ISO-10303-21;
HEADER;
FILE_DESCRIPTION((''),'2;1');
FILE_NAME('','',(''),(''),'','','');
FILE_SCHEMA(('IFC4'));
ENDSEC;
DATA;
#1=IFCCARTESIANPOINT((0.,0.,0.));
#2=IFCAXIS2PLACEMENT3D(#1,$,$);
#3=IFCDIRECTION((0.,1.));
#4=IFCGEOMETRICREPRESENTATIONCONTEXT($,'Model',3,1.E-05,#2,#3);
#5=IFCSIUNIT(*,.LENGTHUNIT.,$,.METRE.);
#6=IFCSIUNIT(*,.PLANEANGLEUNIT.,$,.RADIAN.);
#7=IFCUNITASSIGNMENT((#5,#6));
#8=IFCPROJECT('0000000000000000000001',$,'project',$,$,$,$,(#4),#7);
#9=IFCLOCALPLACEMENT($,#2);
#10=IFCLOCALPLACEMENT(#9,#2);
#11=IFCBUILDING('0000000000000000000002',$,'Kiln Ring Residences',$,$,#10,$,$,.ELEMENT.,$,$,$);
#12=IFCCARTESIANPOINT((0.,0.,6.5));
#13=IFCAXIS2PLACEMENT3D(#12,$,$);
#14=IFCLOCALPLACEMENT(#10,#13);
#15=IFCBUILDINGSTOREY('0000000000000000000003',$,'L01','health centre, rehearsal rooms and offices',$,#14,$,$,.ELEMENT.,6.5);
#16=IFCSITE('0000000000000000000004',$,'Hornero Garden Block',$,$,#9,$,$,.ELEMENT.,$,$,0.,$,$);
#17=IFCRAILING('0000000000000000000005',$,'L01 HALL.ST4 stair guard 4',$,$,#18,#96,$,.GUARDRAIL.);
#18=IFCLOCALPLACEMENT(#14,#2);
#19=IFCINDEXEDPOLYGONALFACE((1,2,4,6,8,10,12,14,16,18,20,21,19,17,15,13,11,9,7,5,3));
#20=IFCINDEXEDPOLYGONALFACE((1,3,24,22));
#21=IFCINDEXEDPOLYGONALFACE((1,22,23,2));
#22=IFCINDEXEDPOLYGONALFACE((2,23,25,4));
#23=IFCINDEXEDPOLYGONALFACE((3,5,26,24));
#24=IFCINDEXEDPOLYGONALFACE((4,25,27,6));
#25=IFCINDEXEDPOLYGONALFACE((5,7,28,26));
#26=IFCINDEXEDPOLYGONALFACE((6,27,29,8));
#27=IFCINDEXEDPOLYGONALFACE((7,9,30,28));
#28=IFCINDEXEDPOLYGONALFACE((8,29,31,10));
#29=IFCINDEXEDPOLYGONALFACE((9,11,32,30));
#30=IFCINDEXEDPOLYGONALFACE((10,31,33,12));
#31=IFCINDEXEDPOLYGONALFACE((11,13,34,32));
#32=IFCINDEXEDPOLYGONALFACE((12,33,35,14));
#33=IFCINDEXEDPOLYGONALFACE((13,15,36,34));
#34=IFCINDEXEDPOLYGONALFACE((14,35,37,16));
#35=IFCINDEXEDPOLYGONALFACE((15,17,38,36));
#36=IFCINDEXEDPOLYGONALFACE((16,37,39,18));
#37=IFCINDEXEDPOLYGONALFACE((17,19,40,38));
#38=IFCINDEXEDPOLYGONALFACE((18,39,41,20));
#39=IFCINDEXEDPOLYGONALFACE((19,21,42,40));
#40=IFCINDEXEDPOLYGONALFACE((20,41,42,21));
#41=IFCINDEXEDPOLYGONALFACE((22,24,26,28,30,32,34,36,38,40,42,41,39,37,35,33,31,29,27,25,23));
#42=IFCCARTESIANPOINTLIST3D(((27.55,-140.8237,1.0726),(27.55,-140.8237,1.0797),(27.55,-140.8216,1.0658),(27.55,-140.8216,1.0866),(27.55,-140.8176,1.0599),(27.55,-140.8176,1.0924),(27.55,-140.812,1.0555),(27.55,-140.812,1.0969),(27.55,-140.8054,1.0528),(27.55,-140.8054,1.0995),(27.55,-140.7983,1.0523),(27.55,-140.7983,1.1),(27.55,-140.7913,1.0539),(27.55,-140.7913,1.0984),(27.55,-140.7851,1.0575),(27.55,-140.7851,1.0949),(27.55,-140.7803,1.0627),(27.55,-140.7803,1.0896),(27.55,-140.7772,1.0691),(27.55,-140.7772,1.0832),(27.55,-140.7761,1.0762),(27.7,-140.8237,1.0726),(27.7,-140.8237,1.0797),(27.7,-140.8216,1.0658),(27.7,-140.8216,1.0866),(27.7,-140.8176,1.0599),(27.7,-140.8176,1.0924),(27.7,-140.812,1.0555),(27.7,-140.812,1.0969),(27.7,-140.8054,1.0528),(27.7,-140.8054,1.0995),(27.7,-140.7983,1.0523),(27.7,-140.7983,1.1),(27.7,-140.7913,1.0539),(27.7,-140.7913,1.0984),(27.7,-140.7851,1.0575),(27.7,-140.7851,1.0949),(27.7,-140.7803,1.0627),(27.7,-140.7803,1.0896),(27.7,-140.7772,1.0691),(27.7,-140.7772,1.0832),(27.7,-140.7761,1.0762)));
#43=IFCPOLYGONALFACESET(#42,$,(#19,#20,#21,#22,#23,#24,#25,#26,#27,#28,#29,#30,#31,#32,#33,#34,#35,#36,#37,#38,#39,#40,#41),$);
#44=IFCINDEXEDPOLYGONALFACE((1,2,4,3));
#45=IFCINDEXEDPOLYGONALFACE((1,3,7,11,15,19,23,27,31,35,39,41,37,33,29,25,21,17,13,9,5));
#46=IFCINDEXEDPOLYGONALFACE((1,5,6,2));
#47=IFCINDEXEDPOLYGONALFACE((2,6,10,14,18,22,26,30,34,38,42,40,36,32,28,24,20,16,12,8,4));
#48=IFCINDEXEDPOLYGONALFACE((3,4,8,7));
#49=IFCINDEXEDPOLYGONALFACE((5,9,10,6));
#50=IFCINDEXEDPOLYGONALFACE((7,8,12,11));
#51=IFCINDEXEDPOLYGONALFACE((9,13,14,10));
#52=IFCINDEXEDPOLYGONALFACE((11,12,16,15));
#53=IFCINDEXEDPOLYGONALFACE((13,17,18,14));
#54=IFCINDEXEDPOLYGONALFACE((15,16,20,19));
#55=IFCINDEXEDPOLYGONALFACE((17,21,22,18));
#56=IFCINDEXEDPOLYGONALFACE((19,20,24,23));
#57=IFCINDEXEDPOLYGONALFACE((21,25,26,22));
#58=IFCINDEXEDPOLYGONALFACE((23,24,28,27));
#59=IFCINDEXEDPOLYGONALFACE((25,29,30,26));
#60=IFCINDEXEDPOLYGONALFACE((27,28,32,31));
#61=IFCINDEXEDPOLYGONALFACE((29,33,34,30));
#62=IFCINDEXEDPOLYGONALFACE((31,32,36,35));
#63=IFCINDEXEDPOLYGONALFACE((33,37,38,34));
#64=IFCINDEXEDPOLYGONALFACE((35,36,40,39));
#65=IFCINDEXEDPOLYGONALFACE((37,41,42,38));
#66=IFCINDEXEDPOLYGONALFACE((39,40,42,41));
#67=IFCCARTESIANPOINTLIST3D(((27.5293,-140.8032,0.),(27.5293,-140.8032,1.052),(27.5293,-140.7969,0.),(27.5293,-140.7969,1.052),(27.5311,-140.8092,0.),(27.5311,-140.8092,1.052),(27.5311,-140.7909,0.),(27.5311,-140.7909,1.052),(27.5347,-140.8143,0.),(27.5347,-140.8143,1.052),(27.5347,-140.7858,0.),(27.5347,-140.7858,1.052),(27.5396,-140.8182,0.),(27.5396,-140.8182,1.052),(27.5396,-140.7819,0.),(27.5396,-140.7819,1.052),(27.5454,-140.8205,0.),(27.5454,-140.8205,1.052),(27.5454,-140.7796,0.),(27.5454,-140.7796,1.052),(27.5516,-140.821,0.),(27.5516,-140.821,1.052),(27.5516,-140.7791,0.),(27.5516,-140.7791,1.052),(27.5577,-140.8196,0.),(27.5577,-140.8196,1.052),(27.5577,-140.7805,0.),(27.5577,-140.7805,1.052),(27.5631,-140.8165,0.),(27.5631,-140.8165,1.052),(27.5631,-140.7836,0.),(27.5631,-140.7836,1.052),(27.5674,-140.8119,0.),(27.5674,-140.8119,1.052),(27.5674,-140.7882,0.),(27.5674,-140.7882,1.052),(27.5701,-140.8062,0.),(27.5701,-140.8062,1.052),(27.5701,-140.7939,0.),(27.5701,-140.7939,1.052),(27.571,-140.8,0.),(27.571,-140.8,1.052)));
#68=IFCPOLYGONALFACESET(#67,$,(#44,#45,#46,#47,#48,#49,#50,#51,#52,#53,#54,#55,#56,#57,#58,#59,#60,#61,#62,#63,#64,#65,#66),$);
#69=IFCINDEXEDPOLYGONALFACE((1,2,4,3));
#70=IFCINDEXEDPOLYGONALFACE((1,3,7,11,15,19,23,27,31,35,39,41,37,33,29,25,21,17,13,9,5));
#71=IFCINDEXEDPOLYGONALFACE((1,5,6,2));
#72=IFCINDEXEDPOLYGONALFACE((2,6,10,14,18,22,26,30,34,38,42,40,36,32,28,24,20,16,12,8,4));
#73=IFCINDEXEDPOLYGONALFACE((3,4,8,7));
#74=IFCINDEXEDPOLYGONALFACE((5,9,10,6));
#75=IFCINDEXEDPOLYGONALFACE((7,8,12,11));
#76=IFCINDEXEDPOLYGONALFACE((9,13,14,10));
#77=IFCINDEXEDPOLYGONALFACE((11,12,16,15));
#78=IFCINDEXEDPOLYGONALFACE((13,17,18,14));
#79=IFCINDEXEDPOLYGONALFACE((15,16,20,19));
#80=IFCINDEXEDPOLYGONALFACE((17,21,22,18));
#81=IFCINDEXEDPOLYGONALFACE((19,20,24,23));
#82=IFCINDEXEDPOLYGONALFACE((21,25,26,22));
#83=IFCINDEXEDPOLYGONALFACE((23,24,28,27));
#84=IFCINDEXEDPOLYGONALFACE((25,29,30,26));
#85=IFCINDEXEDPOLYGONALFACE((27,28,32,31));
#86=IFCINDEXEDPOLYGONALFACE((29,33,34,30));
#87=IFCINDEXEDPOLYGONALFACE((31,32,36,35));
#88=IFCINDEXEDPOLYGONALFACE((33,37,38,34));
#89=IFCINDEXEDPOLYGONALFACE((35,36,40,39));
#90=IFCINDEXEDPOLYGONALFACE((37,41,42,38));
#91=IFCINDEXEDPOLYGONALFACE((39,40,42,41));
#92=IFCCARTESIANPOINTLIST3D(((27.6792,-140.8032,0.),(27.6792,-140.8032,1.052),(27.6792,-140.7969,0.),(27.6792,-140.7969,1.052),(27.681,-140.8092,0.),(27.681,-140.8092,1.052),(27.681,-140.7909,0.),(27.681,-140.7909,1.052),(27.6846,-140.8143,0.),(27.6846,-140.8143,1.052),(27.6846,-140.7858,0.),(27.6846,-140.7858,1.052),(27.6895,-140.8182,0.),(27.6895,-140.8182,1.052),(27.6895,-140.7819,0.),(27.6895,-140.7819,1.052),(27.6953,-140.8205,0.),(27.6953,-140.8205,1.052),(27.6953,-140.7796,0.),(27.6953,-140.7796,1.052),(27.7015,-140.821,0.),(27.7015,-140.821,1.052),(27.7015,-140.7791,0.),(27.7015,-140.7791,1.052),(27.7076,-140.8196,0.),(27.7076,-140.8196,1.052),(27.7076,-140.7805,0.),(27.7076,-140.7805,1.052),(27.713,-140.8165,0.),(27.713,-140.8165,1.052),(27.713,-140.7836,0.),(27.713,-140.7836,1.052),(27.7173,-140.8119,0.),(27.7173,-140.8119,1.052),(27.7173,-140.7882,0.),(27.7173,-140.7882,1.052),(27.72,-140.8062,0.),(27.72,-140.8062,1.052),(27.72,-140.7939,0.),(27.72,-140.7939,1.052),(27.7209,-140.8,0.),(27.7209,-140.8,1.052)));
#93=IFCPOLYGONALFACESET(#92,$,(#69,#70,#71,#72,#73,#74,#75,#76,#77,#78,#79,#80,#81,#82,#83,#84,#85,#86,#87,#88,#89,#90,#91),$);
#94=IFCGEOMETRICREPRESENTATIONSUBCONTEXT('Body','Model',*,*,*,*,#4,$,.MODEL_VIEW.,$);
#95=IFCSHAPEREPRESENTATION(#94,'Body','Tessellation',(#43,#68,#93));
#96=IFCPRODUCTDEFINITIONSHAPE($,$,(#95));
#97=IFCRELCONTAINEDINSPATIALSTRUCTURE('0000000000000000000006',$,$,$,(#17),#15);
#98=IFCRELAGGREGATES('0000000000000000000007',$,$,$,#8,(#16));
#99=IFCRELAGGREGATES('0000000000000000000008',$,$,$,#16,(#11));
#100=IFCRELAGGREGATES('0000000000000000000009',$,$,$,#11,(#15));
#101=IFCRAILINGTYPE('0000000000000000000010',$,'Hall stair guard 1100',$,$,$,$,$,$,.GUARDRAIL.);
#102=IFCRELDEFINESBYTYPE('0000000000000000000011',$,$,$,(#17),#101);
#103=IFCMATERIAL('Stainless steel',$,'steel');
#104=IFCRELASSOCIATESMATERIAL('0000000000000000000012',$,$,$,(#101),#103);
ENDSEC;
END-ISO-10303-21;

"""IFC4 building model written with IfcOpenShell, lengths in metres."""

from ifc_helpers import new_model, si_unit, direction, frame, origin, origin_2d, place, context, subcontext, project, spatial, circle, extrude, material, type_object, element, save


model = new_model("IFC4")

# Units and contexts
model_context = context("Model", 3, precision=1e-05, world=origin(), true_north=direction((0.0, 1.0)))
body_context = subcontext(model_context, "Body", "Model", "MODEL_VIEW")
ifc_project = project(units=[si_unit("LENGTHUNIT", "METRE"), si_unit("PLANEANGLEUNIT", "RADIAN")], contexts=[model_context])

# Site, building, storey
site_placement = place(None, origin())
site = spatial("IfcSite", under=ifc_project, at=site_placement, Name="Hornero Garden Block", CompositionType="ELEMENT", RefElevation=0.0)
building_placement = place(site_placement, origin())
building = spatial("IfcBuilding", under=site, at=building_placement, Name="Kiln Ring Residences", CompositionType="ELEMENT")
storey_placement = place(building_placement, frame((0.0, 0.0, 6.5)))
storey = spatial("IfcBuildingStorey", under=building, at=storey_placement, Name="L01", Description="health centre, rehearsal rooms and offices", CompositionType="ELEMENT", Elevation=6.5)

# Railing
ifc_material_1 = material(Name="Stainless steel", Category="steel")
railing_type_1 = type_object("IfcRailingType", Name="Hall stair guard 1100", PredefinedType="GUARDRAIL", material=ifc_material_1)
railing_1_placement = place(storey_placement, frame((27.55, -140.8, 0.0)))
element("IfcRailing", 1, at=railing_1_placement, inside=storey, type_object=railing_type_1, Name="L01 HALL.ST4 stair guard 4", PredefinedType="GUARDRAIL", context=body_context, shape_type="SweptSolid", body=[
    extrude(circle(Radius=0.0239, at=origin_2d()), frame((0.0, 0.0, 1.0762), z_axis=(1.0, 0.0, 0.0), x_axis=(0.0, 1.0, 0.0)), (0.0, 0.0, 1.0), 0.1499),
    extrude(circle(Radius=0.021, at=origin_2d()), origin(), (0.0, 0.0, 1.0), 1.052),
    extrude(circle(Radius=0.021, at=origin_2d()), frame((0.1499, 0.0, 0.0)), (0.0, 0.0, 1.0), 1.052),
])

save(model, "model.ifc")
